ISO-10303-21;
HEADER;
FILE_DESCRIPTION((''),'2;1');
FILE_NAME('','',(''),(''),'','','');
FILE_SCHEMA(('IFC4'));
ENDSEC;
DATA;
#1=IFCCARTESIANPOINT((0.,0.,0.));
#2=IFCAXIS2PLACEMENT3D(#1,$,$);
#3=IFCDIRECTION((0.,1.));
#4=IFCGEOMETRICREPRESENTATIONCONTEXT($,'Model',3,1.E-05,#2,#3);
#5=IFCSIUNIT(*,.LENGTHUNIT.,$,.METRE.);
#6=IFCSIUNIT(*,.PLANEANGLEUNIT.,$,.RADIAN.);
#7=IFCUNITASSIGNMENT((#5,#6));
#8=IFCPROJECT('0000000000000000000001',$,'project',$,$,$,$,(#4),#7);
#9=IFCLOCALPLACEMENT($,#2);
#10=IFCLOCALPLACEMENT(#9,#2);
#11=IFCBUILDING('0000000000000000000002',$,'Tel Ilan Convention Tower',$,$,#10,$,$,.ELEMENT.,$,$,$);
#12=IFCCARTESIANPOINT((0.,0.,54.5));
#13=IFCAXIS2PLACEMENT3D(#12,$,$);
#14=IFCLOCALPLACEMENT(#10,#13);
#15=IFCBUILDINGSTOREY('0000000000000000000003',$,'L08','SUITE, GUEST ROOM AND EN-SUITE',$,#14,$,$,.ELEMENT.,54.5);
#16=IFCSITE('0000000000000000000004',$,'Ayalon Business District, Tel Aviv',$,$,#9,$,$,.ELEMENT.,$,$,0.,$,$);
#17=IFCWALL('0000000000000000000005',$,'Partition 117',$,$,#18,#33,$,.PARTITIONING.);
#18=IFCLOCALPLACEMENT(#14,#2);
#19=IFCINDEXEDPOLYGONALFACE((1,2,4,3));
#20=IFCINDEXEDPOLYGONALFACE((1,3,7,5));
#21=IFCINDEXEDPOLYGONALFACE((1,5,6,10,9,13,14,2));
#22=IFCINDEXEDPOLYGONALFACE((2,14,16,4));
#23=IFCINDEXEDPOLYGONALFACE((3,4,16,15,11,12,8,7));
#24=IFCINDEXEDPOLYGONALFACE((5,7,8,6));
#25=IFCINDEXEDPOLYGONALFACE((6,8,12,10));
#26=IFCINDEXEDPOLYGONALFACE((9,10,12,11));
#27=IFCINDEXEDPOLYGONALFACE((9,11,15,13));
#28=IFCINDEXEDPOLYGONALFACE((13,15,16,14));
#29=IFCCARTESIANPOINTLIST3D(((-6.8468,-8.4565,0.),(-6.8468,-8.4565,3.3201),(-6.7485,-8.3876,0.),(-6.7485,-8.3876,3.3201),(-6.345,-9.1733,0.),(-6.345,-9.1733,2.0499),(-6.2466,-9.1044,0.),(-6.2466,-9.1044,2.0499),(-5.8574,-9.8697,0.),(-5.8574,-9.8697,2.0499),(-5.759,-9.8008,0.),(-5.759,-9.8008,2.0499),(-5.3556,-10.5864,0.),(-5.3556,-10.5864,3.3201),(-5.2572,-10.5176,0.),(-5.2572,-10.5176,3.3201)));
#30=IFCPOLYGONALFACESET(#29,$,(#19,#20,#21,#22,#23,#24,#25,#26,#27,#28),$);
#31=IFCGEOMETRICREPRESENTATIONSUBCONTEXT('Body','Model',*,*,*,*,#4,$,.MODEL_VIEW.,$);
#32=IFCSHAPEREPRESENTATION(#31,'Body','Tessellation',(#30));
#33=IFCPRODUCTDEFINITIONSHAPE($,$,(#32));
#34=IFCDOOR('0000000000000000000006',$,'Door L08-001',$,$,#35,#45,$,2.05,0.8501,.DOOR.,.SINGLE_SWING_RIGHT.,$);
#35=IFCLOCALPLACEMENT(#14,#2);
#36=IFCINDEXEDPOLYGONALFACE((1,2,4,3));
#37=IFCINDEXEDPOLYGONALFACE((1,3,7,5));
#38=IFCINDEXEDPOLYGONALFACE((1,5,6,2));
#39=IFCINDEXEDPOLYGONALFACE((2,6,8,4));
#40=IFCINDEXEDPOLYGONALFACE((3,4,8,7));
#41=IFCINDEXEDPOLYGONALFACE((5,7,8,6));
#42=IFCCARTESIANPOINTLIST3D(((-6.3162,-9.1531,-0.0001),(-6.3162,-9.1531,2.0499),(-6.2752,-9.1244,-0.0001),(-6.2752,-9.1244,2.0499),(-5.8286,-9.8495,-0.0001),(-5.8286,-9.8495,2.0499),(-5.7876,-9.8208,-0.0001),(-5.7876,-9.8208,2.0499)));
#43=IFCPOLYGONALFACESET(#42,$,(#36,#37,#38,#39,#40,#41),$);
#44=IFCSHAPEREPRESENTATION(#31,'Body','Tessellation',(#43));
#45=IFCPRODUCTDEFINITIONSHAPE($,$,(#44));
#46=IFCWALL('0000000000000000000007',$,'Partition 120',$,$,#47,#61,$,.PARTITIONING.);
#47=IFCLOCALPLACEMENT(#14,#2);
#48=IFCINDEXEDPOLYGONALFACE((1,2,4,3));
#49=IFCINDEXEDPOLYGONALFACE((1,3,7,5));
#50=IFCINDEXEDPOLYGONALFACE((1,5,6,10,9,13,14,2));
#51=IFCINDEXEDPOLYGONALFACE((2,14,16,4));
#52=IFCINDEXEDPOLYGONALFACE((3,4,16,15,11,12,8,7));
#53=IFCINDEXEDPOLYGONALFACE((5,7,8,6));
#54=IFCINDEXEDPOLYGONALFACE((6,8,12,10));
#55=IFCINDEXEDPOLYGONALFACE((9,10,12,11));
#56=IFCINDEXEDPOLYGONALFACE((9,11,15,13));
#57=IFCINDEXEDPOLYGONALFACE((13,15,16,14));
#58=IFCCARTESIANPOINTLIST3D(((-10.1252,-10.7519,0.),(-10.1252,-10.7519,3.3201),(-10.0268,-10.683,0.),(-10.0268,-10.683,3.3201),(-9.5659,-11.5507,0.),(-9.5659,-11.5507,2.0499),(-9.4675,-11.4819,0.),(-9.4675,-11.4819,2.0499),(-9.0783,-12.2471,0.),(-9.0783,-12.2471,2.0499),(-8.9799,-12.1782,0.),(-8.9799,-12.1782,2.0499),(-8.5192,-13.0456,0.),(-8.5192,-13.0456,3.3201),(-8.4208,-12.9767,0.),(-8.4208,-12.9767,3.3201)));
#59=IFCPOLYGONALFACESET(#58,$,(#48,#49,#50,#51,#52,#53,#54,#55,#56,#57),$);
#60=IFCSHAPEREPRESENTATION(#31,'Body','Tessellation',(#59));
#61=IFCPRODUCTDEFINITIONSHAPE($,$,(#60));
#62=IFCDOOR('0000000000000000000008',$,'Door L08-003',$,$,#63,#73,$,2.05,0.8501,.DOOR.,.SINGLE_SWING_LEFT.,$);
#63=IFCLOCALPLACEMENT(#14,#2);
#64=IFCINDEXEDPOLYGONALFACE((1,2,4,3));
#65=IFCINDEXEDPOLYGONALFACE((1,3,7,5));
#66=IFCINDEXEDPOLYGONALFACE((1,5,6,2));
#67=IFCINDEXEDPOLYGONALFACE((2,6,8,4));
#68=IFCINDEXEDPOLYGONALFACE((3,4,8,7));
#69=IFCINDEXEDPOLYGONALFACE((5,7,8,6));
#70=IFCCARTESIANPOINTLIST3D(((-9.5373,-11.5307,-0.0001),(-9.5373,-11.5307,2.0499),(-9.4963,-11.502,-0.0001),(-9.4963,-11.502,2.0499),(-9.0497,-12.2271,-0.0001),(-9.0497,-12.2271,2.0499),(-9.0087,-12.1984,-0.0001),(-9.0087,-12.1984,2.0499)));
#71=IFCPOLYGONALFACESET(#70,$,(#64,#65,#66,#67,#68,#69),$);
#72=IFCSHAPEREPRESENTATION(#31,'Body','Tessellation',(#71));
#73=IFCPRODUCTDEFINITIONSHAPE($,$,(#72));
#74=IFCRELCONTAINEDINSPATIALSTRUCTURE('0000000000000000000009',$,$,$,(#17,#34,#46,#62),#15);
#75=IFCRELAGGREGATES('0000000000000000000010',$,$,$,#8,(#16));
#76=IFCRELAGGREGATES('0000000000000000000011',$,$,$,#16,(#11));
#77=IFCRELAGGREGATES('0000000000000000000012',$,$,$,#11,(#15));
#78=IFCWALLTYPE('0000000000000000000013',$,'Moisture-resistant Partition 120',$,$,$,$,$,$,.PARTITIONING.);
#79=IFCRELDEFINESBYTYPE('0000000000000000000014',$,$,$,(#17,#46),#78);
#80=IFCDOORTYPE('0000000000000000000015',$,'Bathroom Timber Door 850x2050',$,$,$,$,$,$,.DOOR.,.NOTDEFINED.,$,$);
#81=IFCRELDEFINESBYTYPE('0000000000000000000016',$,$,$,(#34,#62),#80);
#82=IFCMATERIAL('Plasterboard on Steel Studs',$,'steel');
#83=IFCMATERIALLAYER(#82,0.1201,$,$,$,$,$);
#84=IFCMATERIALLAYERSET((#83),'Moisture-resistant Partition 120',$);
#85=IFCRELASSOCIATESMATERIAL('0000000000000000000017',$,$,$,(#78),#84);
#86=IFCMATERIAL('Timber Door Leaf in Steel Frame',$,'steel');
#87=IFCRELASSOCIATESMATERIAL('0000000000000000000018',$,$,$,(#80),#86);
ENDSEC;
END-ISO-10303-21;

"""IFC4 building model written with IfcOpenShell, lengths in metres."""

from ifc_helpers import new_model, si_unit, direction, frame, frame_2d, origin, place, context, subcontext, project, spatial, rectangle, extrude, material, layer, layer_set, type_object, element, fill, save


model = new_model("IFC4")

# Units and contexts
model_context = context("Model", 3, precision=1e-05, world=origin(), true_north=direction((0.0, 1.0)))
body_context = subcontext(model_context, "Body", "Model", "MODEL_VIEW")
ifc_project = project(units=[si_unit("LENGTHUNIT", "METRE"), si_unit("PLANEANGLEUNIT", "RADIAN")], contexts=[model_context])

# Site, building, storey
site_placement = place(None, origin())
site = spatial("IfcSite", under=ifc_project, at=site_placement, Name="Ayalon Business District, Tel Aviv", CompositionType="ELEMENT", RefElevation=0.0)
building_placement = place(site_placement, origin())
building = spatial("IfcBuilding", under=site, at=building_placement, Name="Tel Ilan Convention Tower", CompositionType="ELEMENT")
storey_placement = place(building_placement, frame((0.0, 0.0, 54.5)))
storey = spatial("IfcBuildingStorey", under=building, at=storey_placement, Name="L08", Description="SUITE, GUEST ROOM AND EN-SUITE", CompositionType="ELEMENT", Elevation=54.5)

# Walls, openings, doors
ifc_material_1 = material(Name="Plasterboard on Steel Studs", Category="steel")
ifc_layer_1 = layer(ifc_material_1, 0.1201)
ifc_layer_set_1 = layer_set([ifc_layer_1], Name="Moisture-resistant Partition 120")
wall_type_1 = type_object("IfcWallType", Name="Moisture-resistant Partition 120", PredefinedType="PARTITIONING", material=ifc_layer_set_1)
wall_1_placement = place(storey_placement, frame((-5.3064, -10.552, 0.0), z_axis=(0.0, 0.0, 1.0), x_axis=(-0.573538, 0.819179, 0.0)))
wall_1 = element("IfcWall", 1, at=wall_1_placement, inside=storey, type_object=wall_type_1, Name="Partition 117", PredefinedType="PARTITIONING", context=body_context, shape_type="SweptSolid", body=[
    extrude(rectangle(XDim=2.6001, YDim=0.1201, at=frame_2d((1.3, 0.0))), origin(), (0.0, 0.0, 1.0), 3.3201),
])
opening_1_placement = place(wall_1_placement, frame((0.875, 0.0, 0.0)))
opening_1 = element("IfcOpeningElement", 2, at=opening_1_placement, cuts=wall_1, PredefinedType="OPENING", context=body_context, shape_type="SweptSolid", body=[
    extrude(rectangle(XDim=0.8501, YDim=2.05, at=frame_2d((0.425, 1.0249))), frame((0.0, 0.0701, 0.0), z_axis=(0.0, -1.0, 0.0), x_axis=(1.0, 0.0, 0.0)), (0.0, 0.0, 1.0), 0.1401),
])
ifc_material_2 = material(Name="Timber Door Leaf in Steel Frame", Category="steel")
door_type_1 = type_object("IfcDoorType", Name="Bathroom Timber Door 850x2050", OperationType="NOTDEFINED", PredefinedType="DOOR", material=ifc_material_2)
door_1_placement = place(opening_1_placement, origin())
door_1 = element("IfcDoor", 3, at=door_1_placement, inside=storey, type_object=door_type_1, Name="Door L08-001", OperationType="SINGLE_SWING_RIGHT", OverallHeight=2.05, OverallWidth=0.8501, PredefinedType="DOOR", context=body_context, shape_type="SweptSolid", body=[
    extrude(rectangle(XDim=0.8501, YDim=2.05, at=frame_2d((0.425, 1.0249))), frame((0.0, 0.0249, 0.0), z_axis=(0.0, -1.0, 0.0), x_axis=(1.0, 0.0, 0.0)), (0.0, 0.0, 1.0), 0.05),
])
fill(opening_1, door_1)
wall_2_placement = place(storey_placement, frame((-10.0759, -10.7175, 0.0), z_axis=(0.0, 0.0, 1.0), x_axis=(0.57355, -0.81917, 0.0)))
wall_2 = element("IfcWall", 4, at=wall_2_placement, inside=storey, type_object=wall_type_1, Name="Partition 120", PredefinedType="PARTITIONING", context=body_context, shape_type="SweptSolid", body=[
    extrude(rectangle(XDim=2.8, YDim=0.1201, at=frame_2d((1.3999, 0.0))), origin(), (0.0, 0.0, 1.0), 3.3201),
])
opening_2_placement = place(wall_2_placement, frame((0.9751, 0.0, 0.0)))
opening_2 = element("IfcOpeningElement", 5, at=opening_2_placement, cuts=wall_2, PredefinedType="OPENING", context=body_context, shape_type="SweptSolid", body=[
    extrude(rectangle(XDim=0.8501, YDim=2.05, at=frame_2d((0.425, 1.0249))), frame((0.0, 0.0701, 0.0), z_axis=(0.0, -1.0, 0.0), x_axis=(1.0, 0.0, 0.0)), (0.0, 0.0, 1.0), 0.1401),
])
door_2_placement = place(opening_2_placement, origin())
door_2 = element("IfcDoor", 6, at=door_2_placement, inside=storey, type_object=door_type_1, Name="Door L08-003", OperationType="SINGLE_SWING_LEFT", OverallHeight=2.05, OverallWidth=0.8501, PredefinedType="DOOR", context=body_context, shape_type="SweptSolid", body=[
    extrude(rectangle(XDim=0.8501, YDim=2.05, at=frame_2d((0.425, 1.0249))), frame((0.0, 0.0249, 0.0), z_axis=(0.0, -1.0, 0.0), x_axis=(1.0, 0.0, 0.0)), (0.0, 0.0, 1.0), 0.05),
])
fill(opening_2, door_2)

save(model, "model.ifc")
